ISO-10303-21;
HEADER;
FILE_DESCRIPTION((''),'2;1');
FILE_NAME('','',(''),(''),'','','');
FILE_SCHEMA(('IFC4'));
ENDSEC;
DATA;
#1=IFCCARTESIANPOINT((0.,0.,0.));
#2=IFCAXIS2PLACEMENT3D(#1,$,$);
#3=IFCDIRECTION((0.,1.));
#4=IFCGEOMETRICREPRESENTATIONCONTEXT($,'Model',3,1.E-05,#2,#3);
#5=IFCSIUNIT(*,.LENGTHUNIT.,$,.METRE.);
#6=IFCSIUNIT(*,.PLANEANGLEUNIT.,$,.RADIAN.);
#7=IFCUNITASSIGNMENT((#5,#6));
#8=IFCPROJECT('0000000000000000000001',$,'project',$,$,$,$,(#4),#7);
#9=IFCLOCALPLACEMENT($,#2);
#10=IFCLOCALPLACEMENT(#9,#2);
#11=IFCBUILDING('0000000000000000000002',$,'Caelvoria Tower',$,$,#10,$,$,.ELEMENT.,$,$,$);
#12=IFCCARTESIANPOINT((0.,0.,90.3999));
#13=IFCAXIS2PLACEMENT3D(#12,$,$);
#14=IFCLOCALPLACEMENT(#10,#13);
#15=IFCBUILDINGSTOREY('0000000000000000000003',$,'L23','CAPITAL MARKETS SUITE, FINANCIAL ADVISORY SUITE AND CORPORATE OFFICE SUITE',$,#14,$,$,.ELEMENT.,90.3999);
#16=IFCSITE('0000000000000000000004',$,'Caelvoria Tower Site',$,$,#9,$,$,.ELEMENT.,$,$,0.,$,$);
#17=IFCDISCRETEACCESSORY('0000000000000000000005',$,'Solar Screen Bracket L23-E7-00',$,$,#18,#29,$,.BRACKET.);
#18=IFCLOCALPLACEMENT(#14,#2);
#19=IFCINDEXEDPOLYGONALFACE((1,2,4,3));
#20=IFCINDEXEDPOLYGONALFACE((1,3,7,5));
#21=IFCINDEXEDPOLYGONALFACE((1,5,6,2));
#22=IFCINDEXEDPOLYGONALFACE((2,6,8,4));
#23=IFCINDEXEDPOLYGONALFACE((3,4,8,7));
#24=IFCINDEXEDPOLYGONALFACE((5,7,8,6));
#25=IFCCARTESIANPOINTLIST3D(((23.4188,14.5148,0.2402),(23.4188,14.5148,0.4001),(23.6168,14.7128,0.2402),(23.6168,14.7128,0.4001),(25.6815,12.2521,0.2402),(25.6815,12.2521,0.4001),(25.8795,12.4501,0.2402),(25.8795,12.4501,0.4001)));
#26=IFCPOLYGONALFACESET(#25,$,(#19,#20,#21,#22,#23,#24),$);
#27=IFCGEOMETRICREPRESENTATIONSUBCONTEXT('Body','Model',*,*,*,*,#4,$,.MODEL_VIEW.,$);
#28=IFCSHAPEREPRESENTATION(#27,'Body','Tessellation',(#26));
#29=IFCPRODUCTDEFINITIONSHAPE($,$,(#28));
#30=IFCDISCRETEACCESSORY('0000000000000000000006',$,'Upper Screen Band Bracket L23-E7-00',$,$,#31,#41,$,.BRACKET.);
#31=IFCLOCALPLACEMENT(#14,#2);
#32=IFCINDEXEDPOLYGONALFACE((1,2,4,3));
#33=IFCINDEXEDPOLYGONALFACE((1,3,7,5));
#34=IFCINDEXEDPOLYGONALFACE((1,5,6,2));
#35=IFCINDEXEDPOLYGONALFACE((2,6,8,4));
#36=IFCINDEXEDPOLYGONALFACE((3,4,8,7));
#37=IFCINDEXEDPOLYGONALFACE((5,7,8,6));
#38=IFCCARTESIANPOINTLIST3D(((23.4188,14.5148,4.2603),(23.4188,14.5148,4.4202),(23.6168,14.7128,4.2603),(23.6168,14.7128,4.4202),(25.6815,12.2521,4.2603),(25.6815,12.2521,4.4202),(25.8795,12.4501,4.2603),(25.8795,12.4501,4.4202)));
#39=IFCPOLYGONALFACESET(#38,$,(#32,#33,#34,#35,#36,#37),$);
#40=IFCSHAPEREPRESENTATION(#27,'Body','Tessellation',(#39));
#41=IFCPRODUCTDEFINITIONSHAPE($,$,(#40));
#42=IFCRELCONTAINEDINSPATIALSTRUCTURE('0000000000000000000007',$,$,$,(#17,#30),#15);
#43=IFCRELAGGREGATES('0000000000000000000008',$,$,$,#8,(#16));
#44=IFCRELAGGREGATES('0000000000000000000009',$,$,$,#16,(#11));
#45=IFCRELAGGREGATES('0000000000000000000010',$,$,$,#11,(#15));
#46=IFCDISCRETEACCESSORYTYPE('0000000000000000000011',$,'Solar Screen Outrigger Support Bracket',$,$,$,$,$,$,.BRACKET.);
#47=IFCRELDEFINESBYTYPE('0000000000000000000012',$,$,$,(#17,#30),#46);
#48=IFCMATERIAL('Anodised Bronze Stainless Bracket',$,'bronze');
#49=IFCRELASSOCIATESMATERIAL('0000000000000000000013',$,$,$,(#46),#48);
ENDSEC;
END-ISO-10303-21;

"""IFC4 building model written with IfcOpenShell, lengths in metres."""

from ifc_helpers import new_model, si_unit, direction, frame, origin, origin_2d, place, context, subcontext, project, spatial, rectangle, extrude, material, type_object, element, save


model = new_model("IFC4")

# Units and contexts
model_context = context("Model", 3, precision=1e-05, world=origin(), true_north=direction((0.0, 1.0)))
body_context = subcontext(model_context, "Body", "Model", "MODEL_VIEW")
ifc_project = project(units=[si_unit("LENGTHUNIT", "METRE"), si_unit("PLANEANGLEUNIT", "RADIAN")], contexts=[model_context])

# Site, building, storey
site_placement = place(None, origin())
site = spatial("IfcSite", under=ifc_project, at=site_placement, Name="Caelvoria Tower Site", CompositionType="ELEMENT", RefElevation=0.0)
building_placement = place(site_placement, origin())
building = spatial("IfcBuilding", under=site, at=building_placement, Name="Caelvoria Tower", CompositionType="ELEMENT")
storey_placement = place(building_placement, frame((0.0, 0.0, 90.3999)))
storey = spatial("IfcBuildingStorey", under=building, at=storey_placement, Name="L23", Description="CAPITAL MARKETS SUITE, FINANCIAL ADVISORY SUITE AND CORPORATE OFFICE SUITE", CompositionType="ELEMENT", Elevation=90.3999)

# Discrete accessories
ifc_material_1 = material(Name="Anodised Bronze Stainless Bracket", Category="bronze")
discrete_accessory_type = type_object("IfcDiscreteAccessoryType", Name="Solar Screen Outrigger Support Bracket", PredefinedType="BRACKET", material=ifc_material_1)
for number, where, z_axis, x_axis, name in (
    (1, (24.6492, 13.4824, 0.2402), (0.0, 0.0, 1.0), (0.707107, -0.707107, 0.0), "Solar Screen Bracket L23-E7-00"),
    (2, (24.6492, 13.4824, 4.2603), (0.0, 0.0, 1.0), (0.707107, -0.707107, 0.0), "Upper Screen Band Bracket L23-E7-00"),
):
    element("IfcDiscreteAccessory", number, at=place(storey_placement, frame(where, z_axis=z_axis, x_axis=x_axis)), inside=storey, type_object=discrete_accessory_type, Name=name, PredefinedType="BRACKET", context=body_context, shape_type="SweptSolid", body=[
        extrude(rectangle(XDim=3.2, YDim=0.28, at=origin_2d()), origin(), (0.0, 0.0, 1.0), 0.1599),
    ])

save(model, "model.ifc")
